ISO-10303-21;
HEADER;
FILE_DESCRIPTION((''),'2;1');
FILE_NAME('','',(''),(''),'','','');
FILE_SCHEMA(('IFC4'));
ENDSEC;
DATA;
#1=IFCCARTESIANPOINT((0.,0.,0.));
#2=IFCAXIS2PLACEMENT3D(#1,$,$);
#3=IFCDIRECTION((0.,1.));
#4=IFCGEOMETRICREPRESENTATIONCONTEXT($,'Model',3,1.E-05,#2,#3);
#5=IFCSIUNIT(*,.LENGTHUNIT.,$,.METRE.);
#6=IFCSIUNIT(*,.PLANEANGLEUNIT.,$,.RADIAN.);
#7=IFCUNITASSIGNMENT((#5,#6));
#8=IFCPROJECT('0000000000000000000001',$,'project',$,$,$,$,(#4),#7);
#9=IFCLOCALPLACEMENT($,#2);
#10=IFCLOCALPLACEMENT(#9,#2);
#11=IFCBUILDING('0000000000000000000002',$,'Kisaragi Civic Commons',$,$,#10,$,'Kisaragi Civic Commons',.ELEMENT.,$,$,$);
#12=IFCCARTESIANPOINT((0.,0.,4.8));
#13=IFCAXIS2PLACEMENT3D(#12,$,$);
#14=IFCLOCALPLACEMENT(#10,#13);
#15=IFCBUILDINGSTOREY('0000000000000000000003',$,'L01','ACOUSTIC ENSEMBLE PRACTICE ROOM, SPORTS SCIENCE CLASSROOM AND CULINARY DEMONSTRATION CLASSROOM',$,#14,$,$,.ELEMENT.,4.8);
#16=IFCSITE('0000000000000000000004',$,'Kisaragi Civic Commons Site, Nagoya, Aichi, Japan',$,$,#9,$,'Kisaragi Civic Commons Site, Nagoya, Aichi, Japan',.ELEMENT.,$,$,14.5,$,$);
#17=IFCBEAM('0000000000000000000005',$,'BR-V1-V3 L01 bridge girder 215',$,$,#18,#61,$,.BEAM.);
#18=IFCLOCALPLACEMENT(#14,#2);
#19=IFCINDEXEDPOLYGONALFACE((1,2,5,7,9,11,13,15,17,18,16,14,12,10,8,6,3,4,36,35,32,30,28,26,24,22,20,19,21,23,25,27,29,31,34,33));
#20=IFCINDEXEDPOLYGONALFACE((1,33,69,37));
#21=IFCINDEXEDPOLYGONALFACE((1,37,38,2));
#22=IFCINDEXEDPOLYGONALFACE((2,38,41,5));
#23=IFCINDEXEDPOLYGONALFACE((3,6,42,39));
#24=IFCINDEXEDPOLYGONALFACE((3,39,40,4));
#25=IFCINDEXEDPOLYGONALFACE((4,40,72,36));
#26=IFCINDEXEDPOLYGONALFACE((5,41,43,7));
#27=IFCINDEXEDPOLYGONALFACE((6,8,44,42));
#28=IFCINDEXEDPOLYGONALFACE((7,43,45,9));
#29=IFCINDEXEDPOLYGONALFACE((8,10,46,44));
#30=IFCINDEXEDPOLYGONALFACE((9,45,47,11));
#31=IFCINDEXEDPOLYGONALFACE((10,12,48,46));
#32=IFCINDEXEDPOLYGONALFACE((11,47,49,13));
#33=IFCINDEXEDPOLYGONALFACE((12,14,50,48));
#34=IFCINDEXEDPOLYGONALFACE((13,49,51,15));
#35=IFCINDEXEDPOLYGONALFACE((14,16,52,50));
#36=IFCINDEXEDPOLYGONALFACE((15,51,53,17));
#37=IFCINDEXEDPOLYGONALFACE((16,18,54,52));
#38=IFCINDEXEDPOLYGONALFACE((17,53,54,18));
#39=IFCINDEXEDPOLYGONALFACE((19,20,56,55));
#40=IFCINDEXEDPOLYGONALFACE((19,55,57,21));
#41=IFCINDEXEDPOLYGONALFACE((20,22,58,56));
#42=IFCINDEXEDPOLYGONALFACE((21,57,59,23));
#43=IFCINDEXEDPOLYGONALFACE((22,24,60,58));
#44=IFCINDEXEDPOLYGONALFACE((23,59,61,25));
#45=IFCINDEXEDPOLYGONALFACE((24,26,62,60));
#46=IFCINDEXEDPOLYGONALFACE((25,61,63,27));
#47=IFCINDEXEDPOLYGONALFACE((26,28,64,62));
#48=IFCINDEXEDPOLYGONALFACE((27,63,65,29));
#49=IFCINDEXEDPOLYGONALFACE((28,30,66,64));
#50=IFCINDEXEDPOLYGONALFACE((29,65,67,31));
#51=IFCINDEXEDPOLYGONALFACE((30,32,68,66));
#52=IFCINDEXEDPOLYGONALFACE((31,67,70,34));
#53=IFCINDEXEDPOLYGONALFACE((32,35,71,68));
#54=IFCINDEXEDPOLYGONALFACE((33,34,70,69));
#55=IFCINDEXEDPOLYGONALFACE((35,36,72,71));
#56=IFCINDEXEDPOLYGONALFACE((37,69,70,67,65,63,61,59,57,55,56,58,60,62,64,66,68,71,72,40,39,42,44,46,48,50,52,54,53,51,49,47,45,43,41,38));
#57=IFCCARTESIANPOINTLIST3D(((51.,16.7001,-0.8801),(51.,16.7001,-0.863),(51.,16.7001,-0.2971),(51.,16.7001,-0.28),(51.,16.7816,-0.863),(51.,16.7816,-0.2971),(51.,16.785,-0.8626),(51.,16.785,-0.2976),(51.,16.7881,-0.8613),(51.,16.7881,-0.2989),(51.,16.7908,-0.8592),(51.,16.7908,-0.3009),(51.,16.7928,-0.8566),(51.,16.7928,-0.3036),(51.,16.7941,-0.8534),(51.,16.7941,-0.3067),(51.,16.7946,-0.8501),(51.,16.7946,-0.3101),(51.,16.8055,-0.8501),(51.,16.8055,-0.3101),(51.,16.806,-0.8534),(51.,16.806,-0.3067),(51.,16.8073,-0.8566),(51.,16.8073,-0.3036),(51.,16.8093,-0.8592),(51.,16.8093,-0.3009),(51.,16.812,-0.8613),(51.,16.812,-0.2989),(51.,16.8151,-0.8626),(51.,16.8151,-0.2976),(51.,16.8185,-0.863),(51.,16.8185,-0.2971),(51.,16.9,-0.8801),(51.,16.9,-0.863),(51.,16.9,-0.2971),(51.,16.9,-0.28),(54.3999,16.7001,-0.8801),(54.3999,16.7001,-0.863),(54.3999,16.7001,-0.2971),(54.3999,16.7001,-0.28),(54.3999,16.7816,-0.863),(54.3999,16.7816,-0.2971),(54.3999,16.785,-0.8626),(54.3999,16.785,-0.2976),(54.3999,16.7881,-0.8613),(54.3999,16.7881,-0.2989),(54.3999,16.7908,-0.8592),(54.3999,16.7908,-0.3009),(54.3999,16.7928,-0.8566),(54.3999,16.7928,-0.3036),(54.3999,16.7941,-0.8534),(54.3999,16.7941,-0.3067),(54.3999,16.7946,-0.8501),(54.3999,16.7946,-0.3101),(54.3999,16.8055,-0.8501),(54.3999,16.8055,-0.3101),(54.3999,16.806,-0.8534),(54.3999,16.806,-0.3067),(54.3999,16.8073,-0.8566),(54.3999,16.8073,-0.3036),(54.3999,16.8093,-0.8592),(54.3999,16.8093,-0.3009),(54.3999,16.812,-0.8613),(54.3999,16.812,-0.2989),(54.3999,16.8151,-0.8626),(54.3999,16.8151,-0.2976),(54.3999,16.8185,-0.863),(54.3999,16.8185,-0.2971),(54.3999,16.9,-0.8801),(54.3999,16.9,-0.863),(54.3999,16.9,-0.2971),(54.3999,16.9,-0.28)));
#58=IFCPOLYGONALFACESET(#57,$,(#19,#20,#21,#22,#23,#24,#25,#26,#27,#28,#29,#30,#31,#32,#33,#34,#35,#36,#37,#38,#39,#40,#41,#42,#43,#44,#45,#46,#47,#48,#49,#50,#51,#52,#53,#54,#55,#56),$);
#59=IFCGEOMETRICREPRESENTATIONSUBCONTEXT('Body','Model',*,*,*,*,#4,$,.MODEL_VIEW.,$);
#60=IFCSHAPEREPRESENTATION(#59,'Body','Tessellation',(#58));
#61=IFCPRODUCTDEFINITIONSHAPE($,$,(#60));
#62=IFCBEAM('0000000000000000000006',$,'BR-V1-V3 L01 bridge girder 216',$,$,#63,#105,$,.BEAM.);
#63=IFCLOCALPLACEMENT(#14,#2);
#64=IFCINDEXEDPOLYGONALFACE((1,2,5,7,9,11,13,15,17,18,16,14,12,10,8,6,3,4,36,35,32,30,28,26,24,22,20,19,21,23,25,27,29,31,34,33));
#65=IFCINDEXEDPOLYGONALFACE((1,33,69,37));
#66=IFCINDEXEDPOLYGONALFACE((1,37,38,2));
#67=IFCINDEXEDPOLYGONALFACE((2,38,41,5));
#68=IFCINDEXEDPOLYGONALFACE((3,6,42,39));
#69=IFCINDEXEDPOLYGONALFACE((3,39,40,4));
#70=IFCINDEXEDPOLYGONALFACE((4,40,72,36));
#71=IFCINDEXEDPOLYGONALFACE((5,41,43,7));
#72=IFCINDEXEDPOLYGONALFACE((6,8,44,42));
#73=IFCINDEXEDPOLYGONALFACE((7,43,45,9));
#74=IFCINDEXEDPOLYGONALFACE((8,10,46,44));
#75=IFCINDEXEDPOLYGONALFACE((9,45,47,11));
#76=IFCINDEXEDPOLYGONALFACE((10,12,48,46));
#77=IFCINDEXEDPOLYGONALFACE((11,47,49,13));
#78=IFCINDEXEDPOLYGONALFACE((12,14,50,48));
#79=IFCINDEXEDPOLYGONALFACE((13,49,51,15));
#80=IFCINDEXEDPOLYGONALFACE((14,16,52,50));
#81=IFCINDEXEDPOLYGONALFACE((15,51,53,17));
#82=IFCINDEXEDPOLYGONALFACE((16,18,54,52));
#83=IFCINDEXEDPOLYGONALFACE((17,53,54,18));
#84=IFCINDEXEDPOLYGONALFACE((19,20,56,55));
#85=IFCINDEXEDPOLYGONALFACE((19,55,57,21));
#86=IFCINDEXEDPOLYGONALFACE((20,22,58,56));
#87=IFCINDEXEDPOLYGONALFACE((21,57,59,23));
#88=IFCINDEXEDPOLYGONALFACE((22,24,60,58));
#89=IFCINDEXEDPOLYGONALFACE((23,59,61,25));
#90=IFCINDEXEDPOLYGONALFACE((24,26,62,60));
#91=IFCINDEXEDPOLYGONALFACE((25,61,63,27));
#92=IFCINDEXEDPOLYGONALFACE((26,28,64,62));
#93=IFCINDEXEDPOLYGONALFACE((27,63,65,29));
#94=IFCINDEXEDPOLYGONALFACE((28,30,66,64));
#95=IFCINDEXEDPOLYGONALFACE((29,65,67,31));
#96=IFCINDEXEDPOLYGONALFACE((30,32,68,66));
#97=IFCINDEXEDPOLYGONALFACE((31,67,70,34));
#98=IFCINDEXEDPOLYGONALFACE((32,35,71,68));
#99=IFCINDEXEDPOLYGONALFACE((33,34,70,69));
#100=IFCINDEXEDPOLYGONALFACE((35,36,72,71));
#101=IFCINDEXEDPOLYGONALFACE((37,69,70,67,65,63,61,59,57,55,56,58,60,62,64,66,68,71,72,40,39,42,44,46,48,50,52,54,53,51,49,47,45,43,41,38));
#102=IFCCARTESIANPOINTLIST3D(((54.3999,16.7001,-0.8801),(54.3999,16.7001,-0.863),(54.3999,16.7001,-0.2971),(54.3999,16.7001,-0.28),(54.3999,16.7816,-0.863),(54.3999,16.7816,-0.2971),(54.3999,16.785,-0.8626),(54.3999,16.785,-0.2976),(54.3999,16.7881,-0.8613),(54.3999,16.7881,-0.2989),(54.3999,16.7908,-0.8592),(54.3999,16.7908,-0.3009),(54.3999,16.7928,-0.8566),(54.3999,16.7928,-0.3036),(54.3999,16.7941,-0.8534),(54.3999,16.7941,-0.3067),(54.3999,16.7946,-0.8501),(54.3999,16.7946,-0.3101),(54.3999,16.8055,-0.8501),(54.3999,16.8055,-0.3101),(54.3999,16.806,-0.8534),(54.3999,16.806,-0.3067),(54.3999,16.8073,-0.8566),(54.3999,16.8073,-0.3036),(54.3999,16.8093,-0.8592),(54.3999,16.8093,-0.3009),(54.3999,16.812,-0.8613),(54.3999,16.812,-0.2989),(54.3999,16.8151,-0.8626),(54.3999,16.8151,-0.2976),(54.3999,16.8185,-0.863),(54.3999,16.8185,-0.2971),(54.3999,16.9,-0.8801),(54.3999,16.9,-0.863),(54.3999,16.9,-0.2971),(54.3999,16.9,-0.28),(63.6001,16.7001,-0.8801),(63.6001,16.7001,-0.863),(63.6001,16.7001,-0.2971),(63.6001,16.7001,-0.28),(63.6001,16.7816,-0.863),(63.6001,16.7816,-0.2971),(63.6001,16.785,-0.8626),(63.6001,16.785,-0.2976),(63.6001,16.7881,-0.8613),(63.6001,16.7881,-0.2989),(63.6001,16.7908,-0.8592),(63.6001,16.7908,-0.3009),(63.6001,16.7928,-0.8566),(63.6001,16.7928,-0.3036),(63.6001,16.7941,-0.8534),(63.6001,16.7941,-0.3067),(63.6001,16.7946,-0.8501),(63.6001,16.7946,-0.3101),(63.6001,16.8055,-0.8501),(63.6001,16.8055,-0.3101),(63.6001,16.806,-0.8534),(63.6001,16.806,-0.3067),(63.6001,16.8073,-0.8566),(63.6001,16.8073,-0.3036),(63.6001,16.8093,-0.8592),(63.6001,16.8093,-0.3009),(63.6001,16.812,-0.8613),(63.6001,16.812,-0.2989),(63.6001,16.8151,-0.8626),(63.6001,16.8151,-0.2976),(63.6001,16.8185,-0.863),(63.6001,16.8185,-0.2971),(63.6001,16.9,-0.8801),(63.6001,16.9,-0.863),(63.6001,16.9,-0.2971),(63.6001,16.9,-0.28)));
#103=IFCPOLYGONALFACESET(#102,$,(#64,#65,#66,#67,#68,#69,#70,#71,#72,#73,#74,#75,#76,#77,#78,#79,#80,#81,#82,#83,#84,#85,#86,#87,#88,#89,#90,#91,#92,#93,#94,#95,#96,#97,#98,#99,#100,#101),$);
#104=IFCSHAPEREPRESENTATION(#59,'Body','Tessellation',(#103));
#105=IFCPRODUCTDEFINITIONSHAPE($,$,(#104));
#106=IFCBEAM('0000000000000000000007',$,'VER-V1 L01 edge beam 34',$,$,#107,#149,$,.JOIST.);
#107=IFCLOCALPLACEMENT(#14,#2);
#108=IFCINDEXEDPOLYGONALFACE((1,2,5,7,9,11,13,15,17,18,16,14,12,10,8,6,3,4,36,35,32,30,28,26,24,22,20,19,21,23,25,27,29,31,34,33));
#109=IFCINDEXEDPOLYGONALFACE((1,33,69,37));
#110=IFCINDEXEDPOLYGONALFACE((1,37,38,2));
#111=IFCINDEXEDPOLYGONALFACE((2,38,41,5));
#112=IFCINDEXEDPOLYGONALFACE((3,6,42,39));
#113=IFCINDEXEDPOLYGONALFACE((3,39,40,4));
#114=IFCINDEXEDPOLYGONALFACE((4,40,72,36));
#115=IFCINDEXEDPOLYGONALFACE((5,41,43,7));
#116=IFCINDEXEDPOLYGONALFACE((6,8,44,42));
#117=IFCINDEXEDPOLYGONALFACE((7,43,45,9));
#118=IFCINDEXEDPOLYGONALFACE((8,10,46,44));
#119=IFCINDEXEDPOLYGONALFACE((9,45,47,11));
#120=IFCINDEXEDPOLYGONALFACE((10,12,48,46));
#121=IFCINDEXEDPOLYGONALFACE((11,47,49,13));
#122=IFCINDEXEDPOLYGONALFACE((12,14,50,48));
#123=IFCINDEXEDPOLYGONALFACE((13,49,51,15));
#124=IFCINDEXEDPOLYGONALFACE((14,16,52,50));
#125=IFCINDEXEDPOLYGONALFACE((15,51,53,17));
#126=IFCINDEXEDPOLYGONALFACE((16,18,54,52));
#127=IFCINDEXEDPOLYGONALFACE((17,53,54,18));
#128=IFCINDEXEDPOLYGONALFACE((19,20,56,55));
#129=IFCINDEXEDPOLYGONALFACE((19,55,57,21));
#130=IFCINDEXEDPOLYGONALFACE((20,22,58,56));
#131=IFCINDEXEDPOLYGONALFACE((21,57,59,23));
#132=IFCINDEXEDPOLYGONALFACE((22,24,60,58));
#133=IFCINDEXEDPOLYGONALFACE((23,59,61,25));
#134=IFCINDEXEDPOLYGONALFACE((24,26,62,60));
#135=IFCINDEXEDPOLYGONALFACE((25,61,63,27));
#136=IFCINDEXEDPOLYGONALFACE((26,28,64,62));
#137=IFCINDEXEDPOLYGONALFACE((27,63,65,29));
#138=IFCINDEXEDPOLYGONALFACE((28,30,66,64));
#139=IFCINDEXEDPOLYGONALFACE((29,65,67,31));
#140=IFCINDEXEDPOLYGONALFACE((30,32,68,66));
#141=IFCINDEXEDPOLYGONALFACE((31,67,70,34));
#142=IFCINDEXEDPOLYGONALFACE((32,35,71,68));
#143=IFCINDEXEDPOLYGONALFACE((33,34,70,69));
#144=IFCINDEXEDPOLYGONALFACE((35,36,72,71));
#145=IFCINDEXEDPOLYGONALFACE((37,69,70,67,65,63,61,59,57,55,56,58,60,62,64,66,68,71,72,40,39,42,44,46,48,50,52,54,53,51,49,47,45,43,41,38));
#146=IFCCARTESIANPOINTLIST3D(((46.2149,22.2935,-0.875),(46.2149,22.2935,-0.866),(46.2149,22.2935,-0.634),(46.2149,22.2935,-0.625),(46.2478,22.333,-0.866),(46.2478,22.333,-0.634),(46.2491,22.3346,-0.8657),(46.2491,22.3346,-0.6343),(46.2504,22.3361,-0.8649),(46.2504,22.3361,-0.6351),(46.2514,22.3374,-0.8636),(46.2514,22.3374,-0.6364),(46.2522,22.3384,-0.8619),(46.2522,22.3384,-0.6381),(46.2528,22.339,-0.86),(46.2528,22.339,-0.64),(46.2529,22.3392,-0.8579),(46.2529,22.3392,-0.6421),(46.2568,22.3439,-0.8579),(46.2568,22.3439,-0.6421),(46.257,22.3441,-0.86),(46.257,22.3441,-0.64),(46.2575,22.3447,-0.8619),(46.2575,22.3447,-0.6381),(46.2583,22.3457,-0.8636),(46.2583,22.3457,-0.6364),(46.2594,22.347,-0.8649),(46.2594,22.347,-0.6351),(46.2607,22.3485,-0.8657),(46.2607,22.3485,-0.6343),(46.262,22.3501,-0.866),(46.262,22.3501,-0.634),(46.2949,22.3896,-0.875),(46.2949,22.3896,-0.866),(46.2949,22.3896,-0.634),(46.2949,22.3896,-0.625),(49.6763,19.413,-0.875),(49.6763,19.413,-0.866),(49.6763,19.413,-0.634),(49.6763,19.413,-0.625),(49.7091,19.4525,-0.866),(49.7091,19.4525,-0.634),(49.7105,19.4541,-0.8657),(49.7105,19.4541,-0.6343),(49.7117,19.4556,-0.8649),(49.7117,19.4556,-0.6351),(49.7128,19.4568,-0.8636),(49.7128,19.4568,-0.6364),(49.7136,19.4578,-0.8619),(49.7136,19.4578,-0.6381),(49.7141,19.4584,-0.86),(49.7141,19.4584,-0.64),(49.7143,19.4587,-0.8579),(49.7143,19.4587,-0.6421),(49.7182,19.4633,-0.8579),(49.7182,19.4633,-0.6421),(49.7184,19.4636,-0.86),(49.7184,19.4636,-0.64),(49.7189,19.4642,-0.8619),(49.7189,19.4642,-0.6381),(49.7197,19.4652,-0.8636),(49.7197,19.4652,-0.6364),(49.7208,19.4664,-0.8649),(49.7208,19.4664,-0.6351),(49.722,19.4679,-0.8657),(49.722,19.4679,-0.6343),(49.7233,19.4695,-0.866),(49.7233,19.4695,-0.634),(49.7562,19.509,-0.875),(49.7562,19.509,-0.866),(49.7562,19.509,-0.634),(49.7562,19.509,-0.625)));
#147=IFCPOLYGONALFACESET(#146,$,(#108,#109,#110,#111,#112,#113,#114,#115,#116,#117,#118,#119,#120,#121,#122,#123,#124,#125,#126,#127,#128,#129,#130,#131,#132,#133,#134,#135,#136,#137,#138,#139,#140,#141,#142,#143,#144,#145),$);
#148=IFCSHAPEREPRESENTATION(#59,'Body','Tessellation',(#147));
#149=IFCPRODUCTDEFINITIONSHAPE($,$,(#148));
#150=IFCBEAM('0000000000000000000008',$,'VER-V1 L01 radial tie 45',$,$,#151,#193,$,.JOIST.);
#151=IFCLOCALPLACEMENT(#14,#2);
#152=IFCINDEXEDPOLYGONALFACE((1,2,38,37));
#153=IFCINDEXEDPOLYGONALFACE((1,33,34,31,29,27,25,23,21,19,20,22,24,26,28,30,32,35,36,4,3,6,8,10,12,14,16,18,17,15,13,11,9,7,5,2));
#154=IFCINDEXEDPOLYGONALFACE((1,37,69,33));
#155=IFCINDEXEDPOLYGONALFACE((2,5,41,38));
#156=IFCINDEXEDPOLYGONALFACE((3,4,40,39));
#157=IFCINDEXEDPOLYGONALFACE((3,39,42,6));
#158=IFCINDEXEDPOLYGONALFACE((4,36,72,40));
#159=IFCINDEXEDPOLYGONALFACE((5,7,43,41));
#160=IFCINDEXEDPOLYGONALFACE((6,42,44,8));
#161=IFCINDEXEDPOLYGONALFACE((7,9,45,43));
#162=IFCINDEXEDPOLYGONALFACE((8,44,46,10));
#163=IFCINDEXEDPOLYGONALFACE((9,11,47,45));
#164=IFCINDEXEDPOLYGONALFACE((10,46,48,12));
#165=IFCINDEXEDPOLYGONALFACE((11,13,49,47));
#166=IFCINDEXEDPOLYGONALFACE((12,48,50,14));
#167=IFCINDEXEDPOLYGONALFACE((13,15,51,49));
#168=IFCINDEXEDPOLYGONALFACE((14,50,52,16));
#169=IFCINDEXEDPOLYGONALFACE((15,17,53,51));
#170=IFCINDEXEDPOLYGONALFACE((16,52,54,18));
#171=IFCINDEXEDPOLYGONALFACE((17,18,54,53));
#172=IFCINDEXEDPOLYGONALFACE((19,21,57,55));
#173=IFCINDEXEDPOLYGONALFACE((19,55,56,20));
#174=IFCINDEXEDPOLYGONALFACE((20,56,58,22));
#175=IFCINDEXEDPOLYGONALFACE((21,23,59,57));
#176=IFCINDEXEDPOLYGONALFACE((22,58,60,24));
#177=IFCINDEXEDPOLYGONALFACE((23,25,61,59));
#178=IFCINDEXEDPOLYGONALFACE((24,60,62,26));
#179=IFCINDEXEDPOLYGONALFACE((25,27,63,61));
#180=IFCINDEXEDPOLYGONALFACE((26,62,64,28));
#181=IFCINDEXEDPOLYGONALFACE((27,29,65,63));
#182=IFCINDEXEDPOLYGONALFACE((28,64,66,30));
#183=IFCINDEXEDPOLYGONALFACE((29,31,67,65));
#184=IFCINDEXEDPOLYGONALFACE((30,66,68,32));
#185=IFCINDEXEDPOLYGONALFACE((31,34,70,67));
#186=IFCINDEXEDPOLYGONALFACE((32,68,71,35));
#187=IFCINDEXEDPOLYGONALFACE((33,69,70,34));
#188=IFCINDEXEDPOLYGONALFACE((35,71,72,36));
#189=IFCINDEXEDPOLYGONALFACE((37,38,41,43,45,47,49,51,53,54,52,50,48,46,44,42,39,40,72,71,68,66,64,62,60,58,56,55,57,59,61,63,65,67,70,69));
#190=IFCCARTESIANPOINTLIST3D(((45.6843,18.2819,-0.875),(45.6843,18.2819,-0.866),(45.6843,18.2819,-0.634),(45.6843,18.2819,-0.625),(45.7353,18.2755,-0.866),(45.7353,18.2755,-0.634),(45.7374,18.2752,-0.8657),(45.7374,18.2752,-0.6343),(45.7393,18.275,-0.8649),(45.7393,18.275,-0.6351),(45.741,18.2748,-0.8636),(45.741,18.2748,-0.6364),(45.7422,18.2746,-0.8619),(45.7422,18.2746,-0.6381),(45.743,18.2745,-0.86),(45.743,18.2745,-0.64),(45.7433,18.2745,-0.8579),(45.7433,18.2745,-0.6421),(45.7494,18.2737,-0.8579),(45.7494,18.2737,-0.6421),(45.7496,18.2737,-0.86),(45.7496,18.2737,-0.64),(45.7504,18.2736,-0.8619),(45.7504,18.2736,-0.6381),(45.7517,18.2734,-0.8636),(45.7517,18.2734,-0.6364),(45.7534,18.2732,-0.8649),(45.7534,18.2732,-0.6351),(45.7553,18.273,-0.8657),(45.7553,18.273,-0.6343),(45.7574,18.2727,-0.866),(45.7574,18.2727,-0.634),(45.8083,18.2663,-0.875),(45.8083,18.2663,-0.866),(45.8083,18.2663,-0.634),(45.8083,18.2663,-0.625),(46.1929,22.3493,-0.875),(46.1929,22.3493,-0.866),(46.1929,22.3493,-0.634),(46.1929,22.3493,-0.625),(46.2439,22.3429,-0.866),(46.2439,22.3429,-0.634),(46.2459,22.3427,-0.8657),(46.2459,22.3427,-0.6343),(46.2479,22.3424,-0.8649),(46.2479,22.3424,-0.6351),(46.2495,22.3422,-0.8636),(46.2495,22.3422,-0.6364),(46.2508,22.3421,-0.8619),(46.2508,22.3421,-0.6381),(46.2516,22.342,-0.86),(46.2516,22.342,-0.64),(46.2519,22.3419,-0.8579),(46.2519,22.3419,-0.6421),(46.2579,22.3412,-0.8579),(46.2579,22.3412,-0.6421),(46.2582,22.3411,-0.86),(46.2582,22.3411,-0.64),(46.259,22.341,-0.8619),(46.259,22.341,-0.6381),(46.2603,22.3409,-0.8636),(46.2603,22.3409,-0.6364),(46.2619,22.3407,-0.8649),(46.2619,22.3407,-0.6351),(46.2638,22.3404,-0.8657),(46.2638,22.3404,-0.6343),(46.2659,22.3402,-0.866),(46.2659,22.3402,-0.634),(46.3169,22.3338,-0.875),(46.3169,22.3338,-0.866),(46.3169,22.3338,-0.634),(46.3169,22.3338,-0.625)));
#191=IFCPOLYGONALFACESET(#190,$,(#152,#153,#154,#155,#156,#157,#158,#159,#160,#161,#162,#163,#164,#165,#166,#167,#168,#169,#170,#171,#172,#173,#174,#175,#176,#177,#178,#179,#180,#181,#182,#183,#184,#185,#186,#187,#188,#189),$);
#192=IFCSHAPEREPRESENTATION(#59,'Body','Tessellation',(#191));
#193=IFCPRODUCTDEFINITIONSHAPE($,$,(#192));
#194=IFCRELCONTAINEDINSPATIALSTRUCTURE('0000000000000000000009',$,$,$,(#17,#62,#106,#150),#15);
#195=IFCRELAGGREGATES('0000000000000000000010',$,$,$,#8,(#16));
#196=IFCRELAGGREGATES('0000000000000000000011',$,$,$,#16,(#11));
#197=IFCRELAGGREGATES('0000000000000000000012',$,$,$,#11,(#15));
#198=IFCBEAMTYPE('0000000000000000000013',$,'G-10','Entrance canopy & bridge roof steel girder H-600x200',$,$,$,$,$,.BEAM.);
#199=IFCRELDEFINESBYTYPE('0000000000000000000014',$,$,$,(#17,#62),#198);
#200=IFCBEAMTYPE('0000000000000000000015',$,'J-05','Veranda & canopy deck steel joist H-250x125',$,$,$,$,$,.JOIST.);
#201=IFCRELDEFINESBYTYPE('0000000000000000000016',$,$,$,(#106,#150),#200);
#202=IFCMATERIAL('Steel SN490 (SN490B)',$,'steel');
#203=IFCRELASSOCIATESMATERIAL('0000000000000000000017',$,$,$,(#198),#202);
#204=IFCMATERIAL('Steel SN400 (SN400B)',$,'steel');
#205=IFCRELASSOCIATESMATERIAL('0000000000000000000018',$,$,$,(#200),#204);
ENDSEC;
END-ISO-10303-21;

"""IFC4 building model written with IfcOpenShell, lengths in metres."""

from ifc_helpers import new_model, si_unit, direction, frame, origin, origin_2d, place, context, subcontext, project, spatial, i_section, extrude, material, material_profile, profile_set, type_object, element, save


model = new_model("IFC4")

# Units and contexts
model_context = context("Model", 3, precision=1e-05, world=origin(), true_north=direction((0.0, 1.0)))
body_context = subcontext(model_context, "Body", "Model", "MODEL_VIEW")
ifc_project = project(units=[si_unit("LENGTHUNIT", "METRE"), si_unit("PLANEANGLEUNIT", "RADIAN")], contexts=[model_context])

# Site, building, storey
site_placement = place(None, origin())
site = spatial("IfcSite", under=ifc_project, at=site_placement, Name="Kisaragi Civic Commons Site, Nagoya, Aichi, Japan", LongName="Kisaragi Civic Commons Site, Nagoya, Aichi, Japan", CompositionType="ELEMENT", RefElevation=14.5)
building_placement = place(site_placement, origin())
building = spatial("IfcBuilding", under=site, at=building_placement, Name="Kisaragi Civic Commons", LongName="Kisaragi Civic Commons", CompositionType="ELEMENT")
storey_placement = place(building_placement, frame((0.0, 0.0, 4.8)))
storey = spatial("IfcBuildingStorey", under=building, at=storey_placement, Name="L01", Description="ACOUSTIC ENSEMBLE PRACTICE ROOM, SPORTS SCIENCE CLASSROOM AND CULINARY DEMONSTRATION CLASSROOM", CompositionType="ELEMENT", Elevation=4.8)

# Beams
ifc_material_1 = material(Name="Steel SN490 (SN490B)", Category="steel")
ifc_material_profile_1 = material_profile(ifc_material_1, i_section(OverallWidth=0.2, OverallDepth=0.6001, WebThickness=0.011, FlangeThickness=0.0171, FilletRadius=0.0129, at=origin_2d()), Name="H-600x200x11x17", Category="steel")
ifc_profile_set_1 = profile_set([ifc_material_profile_1], Name="Steel SN490 (SN490B)")
beam_type_1 = type_object("IfcBeamType", Name="G-10", Description="Entrance canopy & bridge roof steel girder H-600x200", PredefinedType="BEAM", material=ifc_profile_set_1)
for number, where, z_axis, x_axis, name in (
    (1, (51.0, 16.8, -0.5801), (1.0, 0.0, 0.0), (0.0, 1.0, 0.0), "BR-V1-V3 L01 bridge girder 215"),
):
    element("IfcBeam", number, at=place(storey_placement, frame(where, z_axis=z_axis, x_axis=x_axis)), inside=storey, type_object=beam_type_1, Name=name, PredefinedType="BEAM", context=body_context, shape_type="SweptSolid", body=[
        extrude(i_section(OverallWidth=0.2, OverallDepth=0.6001, WebThickness=0.011, FlangeThickness=0.0171, FilletRadius=0.0129, at=origin_2d()), origin(), (0.0, 0.0, 1.0), 3.3999),
    ])
beam_1_placement = place(storey_placement, frame((54.3999, 16.8, -0.5801), z_axis=(1.0, 0.0, 0.0), x_axis=(0.0, 1.0, 0.0)))
element("IfcBeam", 2, at=beam_1_placement, inside=storey, type_object=beam_type_1, Name="BR-V1-V3 L01 bridge girder 216", PredefinedType="BEAM", context=body_context, shape_type="SweptSolid", body=[
    extrude(i_section(OverallWidth=0.2, OverallDepth=0.6001, WebThickness=0.011, FlangeThickness=0.0171, FilletRadius=0.0129, at=origin_2d()), origin(), (0.0, 0.0, 1.0), 9.2002),
])
ifc_material_2 = material(Name="Steel SN400 (SN400B)", Category="steel")
ifc_material_profile_2 = material_profile(ifc_material_2, i_section(OverallWidth=0.125, OverallDepth=0.25, WebThickness=0.0061, FlangeThickness=0.009, FilletRadius=0.0081, at=origin_2d()), Name="H-250x125x6x9", Category="steel")
ifc_profile_set_2 = profile_set([ifc_material_profile_2], Name="Steel SN400 (SN400B)")
beam_type_2 = type_object("IfcBeamType", Name="J-05", Description="Veranda & canopy deck steel joist H-250x125", PredefinedType="JOIST", material=ifc_profile_set_2)
beam_2_placement = place(storey_placement, frame((46.2549, 22.3416, -0.75), z_axis=(0.768648, -0.639672, 0.0), x_axis=(0.639672, 0.768648, 0.0)))
element("IfcBeam", 3, at=beam_2_placement, inside=storey, type_object=beam_type_2, Name="VER-V1 L01 edge beam 34", PredefinedType="JOIST", context=body_context, shape_type="SweptSolid", body=[
    extrude(i_section(OverallWidth=0.125, OverallDepth=0.25, WebThickness=0.0061, FlangeThickness=0.009, FilletRadius=0.0081, at=origin_2d()), origin(), (0.0, 0.0, 1.0), 4.5032),
])
beam_3_placement = place(storey_placement, frame((46.2549, 22.3416, -0.75), z_axis=(-0.124064, -0.992274, 0.0), x_axis=(0.992274, -0.124064, 0.0)))
element("IfcBeam", 4, at=beam_3_placement, inside=storey, type_object=beam_type_2, Name="VER-V1 L01 radial tie 45", PredefinedType="JOIST", context=body_context, shape_type="SweptSolid", body=[
    extrude(i_section(OverallWidth=0.125, OverallDepth=0.25, WebThickness=0.0061, FlangeThickness=0.009, FilletRadius=0.0081, at=origin_2d()), origin(), (0.0, 0.0, 1.0), 4.0991),
])

save(model, "model.ifc")
